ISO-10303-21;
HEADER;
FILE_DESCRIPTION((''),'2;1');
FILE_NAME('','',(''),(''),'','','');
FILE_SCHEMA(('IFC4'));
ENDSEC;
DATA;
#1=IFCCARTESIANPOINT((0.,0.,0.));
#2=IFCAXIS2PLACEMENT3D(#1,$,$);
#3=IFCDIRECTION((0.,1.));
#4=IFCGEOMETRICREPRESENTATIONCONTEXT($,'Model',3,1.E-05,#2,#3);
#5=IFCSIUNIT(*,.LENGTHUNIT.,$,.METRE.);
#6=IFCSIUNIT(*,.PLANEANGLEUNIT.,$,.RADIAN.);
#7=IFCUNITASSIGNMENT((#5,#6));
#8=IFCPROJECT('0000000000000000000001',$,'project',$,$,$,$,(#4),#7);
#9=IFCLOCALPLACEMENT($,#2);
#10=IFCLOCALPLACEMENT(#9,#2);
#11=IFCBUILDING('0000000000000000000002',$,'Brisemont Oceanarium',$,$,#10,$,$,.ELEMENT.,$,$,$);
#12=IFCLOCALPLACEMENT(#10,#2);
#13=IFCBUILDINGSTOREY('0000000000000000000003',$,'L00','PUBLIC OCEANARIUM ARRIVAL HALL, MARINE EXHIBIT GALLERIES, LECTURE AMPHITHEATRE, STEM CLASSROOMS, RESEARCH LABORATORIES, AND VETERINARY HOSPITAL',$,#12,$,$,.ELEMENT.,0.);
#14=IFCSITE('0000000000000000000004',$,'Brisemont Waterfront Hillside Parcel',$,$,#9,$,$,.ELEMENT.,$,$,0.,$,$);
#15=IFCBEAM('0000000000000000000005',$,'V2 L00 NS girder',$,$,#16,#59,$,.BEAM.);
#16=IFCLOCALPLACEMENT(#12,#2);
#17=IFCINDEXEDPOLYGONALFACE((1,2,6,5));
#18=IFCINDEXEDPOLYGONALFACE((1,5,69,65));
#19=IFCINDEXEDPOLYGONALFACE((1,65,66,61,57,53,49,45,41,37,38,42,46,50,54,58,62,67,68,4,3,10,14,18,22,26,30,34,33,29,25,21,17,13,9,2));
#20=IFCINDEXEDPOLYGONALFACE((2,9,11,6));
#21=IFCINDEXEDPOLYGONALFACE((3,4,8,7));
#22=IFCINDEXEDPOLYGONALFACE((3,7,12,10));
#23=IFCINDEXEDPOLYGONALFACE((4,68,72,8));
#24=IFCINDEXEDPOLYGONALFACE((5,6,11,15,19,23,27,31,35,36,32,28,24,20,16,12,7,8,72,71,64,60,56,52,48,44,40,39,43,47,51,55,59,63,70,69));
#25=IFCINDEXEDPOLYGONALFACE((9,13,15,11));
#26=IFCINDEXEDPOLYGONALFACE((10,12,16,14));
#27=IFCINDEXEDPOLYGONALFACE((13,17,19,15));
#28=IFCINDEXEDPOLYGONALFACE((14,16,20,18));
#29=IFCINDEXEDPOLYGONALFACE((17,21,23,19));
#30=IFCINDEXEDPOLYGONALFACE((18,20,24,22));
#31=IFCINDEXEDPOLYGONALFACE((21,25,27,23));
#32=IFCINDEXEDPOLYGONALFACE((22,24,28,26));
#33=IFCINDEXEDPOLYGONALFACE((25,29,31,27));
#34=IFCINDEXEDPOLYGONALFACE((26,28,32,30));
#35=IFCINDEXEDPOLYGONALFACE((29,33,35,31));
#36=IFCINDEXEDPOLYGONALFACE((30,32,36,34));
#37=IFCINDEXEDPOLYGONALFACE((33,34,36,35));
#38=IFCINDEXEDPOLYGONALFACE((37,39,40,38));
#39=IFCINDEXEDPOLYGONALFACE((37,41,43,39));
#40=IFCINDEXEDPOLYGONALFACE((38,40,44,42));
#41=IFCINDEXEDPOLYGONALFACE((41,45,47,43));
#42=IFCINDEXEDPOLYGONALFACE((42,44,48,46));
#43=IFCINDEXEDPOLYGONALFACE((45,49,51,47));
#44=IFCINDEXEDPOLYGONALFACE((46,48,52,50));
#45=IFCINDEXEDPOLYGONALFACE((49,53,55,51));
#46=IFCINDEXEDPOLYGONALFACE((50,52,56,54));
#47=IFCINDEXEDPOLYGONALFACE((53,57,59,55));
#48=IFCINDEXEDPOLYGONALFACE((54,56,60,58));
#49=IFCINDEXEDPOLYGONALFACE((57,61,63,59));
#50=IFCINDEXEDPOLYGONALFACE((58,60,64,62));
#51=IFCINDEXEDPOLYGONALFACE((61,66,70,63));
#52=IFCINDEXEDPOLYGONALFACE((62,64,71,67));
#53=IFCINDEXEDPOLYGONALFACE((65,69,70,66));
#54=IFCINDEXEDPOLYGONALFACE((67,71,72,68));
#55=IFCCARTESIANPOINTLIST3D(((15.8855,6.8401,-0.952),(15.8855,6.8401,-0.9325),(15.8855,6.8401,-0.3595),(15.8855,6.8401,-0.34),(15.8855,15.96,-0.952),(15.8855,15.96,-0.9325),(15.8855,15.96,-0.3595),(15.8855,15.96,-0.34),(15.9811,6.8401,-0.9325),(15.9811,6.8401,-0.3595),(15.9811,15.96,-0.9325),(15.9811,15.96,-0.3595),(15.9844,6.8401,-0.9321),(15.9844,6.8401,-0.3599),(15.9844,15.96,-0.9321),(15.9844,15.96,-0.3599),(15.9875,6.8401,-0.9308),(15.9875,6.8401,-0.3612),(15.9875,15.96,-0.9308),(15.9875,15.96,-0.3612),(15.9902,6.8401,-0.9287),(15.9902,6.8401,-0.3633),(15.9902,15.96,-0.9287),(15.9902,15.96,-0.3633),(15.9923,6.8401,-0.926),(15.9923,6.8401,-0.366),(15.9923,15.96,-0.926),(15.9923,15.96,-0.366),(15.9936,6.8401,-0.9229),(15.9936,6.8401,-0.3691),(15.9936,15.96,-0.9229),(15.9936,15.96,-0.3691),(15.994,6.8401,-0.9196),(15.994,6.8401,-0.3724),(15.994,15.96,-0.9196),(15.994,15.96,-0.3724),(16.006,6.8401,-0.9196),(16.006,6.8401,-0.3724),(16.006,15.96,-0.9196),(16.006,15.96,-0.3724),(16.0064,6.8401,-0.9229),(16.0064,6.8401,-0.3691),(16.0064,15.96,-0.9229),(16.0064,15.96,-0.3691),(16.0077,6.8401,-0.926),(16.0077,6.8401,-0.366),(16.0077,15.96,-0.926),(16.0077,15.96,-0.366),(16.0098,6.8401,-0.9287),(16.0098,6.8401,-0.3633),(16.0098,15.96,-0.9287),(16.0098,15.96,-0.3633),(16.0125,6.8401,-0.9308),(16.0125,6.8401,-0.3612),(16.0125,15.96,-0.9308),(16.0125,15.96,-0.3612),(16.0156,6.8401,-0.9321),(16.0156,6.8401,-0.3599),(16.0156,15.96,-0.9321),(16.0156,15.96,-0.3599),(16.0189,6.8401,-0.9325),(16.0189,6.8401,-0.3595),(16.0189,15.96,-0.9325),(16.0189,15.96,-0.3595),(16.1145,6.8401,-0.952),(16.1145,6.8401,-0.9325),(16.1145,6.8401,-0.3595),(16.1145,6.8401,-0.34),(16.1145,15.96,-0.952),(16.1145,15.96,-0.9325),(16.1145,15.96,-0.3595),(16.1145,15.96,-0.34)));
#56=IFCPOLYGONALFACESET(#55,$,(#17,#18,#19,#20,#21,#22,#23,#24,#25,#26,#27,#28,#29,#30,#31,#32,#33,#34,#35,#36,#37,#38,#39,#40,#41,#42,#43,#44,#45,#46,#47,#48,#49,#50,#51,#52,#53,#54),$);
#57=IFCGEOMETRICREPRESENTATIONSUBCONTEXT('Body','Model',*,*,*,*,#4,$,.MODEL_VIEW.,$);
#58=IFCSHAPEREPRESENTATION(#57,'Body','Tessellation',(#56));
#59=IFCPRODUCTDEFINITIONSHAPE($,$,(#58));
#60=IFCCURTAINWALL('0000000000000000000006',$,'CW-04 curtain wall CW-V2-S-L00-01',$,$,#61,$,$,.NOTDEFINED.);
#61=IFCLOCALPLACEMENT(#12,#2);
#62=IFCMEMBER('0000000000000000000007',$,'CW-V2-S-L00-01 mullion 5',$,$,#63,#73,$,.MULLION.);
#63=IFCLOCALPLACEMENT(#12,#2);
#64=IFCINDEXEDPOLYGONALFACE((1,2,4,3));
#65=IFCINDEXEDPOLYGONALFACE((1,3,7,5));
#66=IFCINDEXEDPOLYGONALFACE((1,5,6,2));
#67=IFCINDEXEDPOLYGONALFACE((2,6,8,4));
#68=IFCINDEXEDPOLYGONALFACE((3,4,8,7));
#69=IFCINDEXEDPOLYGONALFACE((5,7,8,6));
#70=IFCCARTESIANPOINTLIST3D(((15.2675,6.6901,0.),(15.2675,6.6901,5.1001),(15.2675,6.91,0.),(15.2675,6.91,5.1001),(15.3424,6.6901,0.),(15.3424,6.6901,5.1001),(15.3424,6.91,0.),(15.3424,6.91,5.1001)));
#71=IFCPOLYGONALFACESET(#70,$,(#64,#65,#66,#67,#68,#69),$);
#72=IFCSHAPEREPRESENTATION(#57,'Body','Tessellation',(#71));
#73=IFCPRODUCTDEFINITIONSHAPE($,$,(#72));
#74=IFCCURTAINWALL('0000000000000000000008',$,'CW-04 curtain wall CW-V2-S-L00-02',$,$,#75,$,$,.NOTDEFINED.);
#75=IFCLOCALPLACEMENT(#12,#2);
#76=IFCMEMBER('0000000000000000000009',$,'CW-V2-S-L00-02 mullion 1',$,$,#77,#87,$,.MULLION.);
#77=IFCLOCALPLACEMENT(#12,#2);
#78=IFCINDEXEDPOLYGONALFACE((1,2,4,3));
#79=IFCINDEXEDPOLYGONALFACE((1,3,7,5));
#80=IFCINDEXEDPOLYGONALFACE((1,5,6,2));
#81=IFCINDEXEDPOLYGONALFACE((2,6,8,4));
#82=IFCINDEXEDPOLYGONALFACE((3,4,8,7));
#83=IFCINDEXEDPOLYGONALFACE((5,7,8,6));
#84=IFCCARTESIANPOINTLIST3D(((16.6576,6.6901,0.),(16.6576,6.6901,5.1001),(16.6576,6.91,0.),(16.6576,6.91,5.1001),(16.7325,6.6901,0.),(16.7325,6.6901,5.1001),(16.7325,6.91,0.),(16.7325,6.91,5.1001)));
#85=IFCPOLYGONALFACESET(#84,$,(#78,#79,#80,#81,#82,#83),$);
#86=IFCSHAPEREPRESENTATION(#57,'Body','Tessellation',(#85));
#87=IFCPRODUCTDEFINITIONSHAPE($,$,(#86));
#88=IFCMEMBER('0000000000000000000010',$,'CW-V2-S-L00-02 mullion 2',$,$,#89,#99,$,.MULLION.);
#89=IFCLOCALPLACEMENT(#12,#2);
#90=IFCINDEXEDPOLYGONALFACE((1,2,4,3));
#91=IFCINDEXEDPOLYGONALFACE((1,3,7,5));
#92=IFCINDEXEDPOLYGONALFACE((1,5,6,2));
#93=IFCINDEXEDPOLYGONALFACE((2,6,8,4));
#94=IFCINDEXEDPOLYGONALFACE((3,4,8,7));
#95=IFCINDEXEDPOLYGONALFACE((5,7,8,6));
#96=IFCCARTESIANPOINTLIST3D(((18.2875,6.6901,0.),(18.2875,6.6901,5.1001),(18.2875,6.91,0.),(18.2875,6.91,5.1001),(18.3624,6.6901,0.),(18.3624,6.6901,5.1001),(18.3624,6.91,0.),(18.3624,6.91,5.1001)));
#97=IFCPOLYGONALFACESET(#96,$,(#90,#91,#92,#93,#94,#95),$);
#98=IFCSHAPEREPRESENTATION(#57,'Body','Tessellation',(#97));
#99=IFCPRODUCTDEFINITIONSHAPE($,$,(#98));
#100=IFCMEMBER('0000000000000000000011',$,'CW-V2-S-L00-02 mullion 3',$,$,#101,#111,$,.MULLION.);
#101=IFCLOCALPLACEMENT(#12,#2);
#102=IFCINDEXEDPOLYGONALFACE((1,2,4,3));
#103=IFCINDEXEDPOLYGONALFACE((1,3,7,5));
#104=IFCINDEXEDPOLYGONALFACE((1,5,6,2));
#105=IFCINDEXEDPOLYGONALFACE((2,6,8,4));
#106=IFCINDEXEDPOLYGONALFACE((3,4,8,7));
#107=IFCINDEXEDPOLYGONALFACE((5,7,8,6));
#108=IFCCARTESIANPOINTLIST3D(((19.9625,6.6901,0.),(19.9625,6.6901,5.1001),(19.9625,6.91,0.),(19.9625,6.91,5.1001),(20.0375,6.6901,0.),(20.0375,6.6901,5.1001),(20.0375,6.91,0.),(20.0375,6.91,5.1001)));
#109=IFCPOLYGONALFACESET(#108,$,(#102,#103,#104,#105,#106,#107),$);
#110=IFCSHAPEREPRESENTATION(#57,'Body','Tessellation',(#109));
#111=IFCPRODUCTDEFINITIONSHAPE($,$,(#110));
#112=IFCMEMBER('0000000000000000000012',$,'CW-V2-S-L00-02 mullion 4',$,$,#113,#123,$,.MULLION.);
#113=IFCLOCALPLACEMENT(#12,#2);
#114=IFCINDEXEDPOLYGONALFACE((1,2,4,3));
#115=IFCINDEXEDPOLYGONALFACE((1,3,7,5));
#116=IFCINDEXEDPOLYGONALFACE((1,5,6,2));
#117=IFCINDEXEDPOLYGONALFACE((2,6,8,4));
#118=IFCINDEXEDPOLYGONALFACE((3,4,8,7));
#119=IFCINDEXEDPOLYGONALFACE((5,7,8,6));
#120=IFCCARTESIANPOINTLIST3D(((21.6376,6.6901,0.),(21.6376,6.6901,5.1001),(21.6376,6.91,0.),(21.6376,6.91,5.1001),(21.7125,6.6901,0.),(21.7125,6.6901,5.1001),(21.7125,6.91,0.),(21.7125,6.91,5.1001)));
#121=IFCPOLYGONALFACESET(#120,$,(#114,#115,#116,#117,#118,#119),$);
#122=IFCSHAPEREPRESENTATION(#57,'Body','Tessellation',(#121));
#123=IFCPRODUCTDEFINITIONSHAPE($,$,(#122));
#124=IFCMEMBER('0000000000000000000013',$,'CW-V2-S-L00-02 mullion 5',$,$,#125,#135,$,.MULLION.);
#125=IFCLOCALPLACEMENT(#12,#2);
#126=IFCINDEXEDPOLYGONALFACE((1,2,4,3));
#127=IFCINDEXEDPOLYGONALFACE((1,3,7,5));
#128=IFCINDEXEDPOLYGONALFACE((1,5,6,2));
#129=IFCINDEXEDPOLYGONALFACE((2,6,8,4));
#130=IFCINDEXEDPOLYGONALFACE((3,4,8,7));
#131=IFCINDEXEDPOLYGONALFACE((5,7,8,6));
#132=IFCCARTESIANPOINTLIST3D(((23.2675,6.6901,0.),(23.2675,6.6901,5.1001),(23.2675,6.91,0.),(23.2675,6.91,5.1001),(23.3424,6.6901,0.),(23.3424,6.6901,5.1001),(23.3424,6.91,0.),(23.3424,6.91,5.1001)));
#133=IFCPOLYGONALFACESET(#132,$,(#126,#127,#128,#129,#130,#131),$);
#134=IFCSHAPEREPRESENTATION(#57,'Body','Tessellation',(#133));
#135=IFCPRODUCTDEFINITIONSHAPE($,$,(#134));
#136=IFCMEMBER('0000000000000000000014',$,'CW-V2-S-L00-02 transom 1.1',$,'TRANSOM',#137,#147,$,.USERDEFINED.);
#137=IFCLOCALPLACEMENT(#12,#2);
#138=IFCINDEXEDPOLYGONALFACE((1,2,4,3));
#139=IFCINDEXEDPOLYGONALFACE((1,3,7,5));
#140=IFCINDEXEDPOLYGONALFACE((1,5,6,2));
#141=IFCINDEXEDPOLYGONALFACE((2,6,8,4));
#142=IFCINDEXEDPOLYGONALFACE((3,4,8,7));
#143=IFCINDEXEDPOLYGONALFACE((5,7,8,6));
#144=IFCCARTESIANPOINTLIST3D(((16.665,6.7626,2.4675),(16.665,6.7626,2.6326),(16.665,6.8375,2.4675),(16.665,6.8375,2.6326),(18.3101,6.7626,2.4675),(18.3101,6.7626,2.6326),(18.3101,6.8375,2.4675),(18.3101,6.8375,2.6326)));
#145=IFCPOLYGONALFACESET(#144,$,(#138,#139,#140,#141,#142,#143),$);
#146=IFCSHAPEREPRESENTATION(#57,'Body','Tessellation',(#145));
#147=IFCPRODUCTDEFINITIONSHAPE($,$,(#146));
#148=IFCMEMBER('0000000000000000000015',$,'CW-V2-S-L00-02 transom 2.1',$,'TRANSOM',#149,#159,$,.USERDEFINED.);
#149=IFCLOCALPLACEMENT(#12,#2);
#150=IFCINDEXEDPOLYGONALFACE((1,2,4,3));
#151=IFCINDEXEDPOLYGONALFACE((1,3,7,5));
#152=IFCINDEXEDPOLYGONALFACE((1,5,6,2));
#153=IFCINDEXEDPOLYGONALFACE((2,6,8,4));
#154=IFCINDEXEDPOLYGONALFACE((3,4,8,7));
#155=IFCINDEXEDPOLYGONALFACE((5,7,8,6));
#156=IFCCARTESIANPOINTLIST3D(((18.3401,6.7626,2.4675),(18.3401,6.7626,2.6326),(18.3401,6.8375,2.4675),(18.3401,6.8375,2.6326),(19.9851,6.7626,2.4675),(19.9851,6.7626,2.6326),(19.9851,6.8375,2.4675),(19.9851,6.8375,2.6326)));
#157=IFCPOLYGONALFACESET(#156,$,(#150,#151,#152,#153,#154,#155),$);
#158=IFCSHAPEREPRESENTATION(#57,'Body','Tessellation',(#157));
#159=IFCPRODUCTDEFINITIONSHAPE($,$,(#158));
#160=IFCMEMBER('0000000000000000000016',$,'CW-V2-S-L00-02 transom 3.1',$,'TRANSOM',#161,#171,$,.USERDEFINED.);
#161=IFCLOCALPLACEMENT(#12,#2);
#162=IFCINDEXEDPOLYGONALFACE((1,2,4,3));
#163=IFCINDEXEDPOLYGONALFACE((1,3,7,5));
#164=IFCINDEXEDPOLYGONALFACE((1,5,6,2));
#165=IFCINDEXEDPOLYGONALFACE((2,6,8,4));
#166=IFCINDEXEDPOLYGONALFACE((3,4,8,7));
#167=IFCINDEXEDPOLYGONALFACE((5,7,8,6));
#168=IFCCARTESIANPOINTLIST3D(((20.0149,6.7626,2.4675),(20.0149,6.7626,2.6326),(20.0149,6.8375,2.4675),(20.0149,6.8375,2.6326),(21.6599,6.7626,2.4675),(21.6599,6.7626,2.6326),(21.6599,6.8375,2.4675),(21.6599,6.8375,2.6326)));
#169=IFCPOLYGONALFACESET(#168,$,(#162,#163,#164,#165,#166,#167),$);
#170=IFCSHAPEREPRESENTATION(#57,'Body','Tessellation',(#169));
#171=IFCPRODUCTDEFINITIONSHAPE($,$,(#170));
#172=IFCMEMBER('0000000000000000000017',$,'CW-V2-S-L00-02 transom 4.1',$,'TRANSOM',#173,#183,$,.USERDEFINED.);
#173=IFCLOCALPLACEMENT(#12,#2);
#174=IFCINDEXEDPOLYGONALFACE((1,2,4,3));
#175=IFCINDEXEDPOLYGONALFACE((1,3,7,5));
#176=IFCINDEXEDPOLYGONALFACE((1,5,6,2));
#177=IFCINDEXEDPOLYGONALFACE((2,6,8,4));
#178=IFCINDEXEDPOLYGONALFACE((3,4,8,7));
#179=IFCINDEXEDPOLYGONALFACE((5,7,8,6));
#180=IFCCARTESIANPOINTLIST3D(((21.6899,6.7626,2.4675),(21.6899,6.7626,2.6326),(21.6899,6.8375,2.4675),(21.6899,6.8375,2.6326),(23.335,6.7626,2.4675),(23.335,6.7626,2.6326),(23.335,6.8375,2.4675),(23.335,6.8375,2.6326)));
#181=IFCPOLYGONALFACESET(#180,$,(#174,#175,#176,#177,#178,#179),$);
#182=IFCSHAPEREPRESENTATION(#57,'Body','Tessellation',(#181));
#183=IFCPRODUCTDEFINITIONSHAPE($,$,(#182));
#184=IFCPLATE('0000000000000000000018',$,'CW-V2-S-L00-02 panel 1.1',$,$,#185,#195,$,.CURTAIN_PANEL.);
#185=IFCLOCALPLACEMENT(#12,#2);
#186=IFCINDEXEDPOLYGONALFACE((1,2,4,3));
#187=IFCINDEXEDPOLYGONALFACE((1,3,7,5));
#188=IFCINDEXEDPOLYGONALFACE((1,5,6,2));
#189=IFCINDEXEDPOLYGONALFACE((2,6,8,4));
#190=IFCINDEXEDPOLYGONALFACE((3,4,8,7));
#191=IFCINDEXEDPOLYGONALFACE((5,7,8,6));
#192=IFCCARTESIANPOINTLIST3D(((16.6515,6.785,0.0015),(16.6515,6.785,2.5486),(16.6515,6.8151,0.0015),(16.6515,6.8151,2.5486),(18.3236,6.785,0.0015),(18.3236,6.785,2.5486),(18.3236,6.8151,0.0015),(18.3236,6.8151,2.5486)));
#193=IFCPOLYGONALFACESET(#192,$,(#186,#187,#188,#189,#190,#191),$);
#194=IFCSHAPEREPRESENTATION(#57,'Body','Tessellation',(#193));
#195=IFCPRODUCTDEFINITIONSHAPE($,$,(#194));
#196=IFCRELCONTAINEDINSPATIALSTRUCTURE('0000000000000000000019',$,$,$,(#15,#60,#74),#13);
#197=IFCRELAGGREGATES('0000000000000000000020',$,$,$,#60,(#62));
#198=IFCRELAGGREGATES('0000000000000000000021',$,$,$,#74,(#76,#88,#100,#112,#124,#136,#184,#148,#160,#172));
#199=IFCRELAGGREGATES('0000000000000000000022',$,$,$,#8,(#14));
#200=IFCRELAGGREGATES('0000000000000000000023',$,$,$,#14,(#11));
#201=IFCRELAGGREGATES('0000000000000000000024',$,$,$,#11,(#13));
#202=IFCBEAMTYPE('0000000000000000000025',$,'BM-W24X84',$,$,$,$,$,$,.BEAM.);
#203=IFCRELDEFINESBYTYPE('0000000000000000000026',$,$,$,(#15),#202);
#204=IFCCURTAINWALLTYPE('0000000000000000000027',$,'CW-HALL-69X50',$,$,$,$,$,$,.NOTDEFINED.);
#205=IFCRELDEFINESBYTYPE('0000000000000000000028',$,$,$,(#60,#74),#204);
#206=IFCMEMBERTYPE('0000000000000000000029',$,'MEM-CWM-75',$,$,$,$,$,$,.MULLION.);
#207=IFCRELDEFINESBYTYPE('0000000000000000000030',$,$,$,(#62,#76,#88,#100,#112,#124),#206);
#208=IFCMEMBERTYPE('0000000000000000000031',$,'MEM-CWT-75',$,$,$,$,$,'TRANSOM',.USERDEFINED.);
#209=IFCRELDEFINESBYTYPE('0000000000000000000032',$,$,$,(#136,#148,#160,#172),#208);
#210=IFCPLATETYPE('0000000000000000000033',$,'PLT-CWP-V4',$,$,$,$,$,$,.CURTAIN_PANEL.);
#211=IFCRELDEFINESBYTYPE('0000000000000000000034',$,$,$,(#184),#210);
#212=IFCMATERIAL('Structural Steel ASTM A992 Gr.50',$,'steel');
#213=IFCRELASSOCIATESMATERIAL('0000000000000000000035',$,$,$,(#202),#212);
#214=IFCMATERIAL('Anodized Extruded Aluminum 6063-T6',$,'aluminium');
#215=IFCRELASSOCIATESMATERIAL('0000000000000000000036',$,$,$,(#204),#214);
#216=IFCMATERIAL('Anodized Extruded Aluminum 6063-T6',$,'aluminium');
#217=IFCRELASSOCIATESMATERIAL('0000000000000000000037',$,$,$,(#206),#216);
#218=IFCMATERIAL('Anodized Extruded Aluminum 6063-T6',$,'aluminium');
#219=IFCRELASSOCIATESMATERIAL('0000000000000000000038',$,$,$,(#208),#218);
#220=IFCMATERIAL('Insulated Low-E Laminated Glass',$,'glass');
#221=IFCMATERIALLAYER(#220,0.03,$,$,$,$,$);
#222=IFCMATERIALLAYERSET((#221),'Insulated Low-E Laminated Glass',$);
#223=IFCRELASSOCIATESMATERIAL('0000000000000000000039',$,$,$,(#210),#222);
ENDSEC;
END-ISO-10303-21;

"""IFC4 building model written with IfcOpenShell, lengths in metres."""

from ifc_helpers import new_model, si_unit, direction, frame, origin, origin_2d, place, context, subcontext, project, spatial, rectangle, i_section, extrude, material, layer, layer_set, material_profile, profile_set, type_object, element, aggregate, save


model = new_model("IFC4")

# Units and contexts
model_context = context("Model", 3, precision=1e-05, world=origin(), true_north=direction((0.0, 1.0)))
body_context = subcontext(model_context, "Body", "Model", "MODEL_VIEW")
ifc_project = project(units=[si_unit("LENGTHUNIT", "METRE"), si_unit("PLANEANGLEUNIT", "RADIAN")], contexts=[model_context])

# Site, building, storey
site_placement = place(None, origin())
site = spatial("IfcSite", under=ifc_project, at=site_placement, Name="Brisemont Waterfront Hillside Parcel", CompositionType="ELEMENT", RefElevation=0.0)
building_placement = place(site_placement, origin())
building = spatial("IfcBuilding", under=site, at=building_placement, Name="Brisemont Oceanarium", CompositionType="ELEMENT")
storey_placement = place(building_placement, origin())
storey = spatial("IfcBuildingStorey", under=building, at=storey_placement, Name="L00", Description="PUBLIC OCEANARIUM ARRIVAL HALL, MARINE EXHIBIT GALLERIES, LECTURE AMPHITHEATRE, STEM CLASSROOMS, RESEARCH LABORATORIES, AND VETERINARY HOSPITAL", CompositionType="ELEMENT", Elevation=0.0)

# Beam
ifc_material_1 = material(Name="Structural Steel ASTM A992 Gr.50", Category="steel")
ifc_material_profile_1 = material_profile(ifc_material_1, i_section(OverallWidth=0.229, OverallDepth=0.6121, WebThickness=0.012, FlangeThickness=0.0195, FilletRadius=0.0129, at=origin_2d()), Name="W24X84")
ifc_profile_set_1 = profile_set([ifc_material_profile_1], Name="Structural Steel ASTM A992 Gr.50")
beam_type_1 = type_object("IfcBeamType", Name="BM-W24X84", PredefinedType="BEAM", material=ifc_profile_set_1)
beam_1_placement = place(storey_placement, frame((16.0, 6.8401, -0.646), z_axis=(0.0, 1.0, 0.0), x_axis=(-1.0, 0.0, 0.0)))
element("IfcBeam", 1, at=beam_1_placement, inside=storey, type_object=beam_type_1, Name="V2 L00 NS girder", PredefinedType="BEAM", context=body_context, shape_type="SweptSolid", body=[
    extrude(i_section(OverallWidth=0.229, OverallDepth=0.6121, WebThickness=0.012, FlangeThickness=0.0195, FilletRadius=0.0129, at=origin_2d()), origin(), (0.0, 0.0, 1.0), 9.1199),
])

# Curtain wall, member
ifc_material_2 = material(Name="Anodized Extruded Aluminum 6063-T6", Category="aluminium")
curtain_wall_type = type_object("IfcCurtainWallType", Name="CW-HALL-69X50", PredefinedType="NOTDEFINED", material=ifc_material_2)
curtain_wall_1_placement = place(storey_placement, origin())
curtain_wall_1 = element("IfcCurtainWall", 2, at=curtain_wall_1_placement, inside=storey, type_object=curtain_wall_type, Name="CW-04 curtain wall CW-V2-S-L00-01", PredefinedType="NOTDEFINED")
ifc_material_3 = material(Name="Anodized Extruded Aluminum 6063-T6", Category="aluminium")
ifc_material_profile_2 = material_profile(ifc_material_3, rectangle(XDim=0.075, YDim=0.22, at=origin_2d()), Name="CWM-75X220")
ifc_profile_set_2 = profile_set([ifc_material_profile_2], Name="Anodized Extruded Aluminum 6063-T6")
member_type_1 = type_object("IfcMemberType", Name="MEM-CWM-75", PredefinedType="MULLION", material=ifc_profile_set_2)
member_1_placement = place(storey_placement, frame((15.3049, 6.8, 0.0), z_axis=(0.0, 0.0, 1.0), x_axis=(1.0, 0.0, 0.0)))
member_1 = element("IfcMember", 3, at=member_1_placement, type_object=member_type_1, Name="CW-V2-S-L00-01 mullion 5", PredefinedType="MULLION", context=body_context, shape_type="SweptSolid", body=[
    extrude(rectangle(XDim=0.075, YDim=0.22, at=origin_2d()), origin(), (0.0, 0.0, 1.0), 5.1001),
])
aggregate(curtain_wall_1, [member_1])

# Curtain wall, members, plate
curtain_wall_2_placement = place(storey_placement, origin())
curtain_wall_2 = element("IfcCurtainWall", 4, at=curtain_wall_2_placement, inside=storey, type_object=curtain_wall_type, Name="CW-04 curtain wall CW-V2-S-L00-02", PredefinedType="NOTDEFINED")
member_2_placement = place(storey_placement, frame((16.6951, 6.8, 0.0), z_axis=(0.0, 0.0, 1.0), x_axis=(1.0, 0.0, 0.0)))
member_2 = element("IfcMember", 5, at=member_2_placement, type_object=member_type_1, Name="CW-V2-S-L00-02 mullion 1", PredefinedType="MULLION", context=body_context, shape_type="SweptSolid", body=[
    extrude(rectangle(XDim=0.075, YDim=0.22, at=origin_2d()), origin(), (0.0, 0.0, 1.0), 5.1001),
])
member_3_placement = place(storey_placement, frame((18.325, 6.8, 0.0), z_axis=(0.0, 0.0, 1.0), x_axis=(1.0, 0.0, 0.0)))
member_3 = element("IfcMember", 6, at=member_3_placement, type_object=member_type_1, Name="CW-V2-S-L00-02 mullion 2", PredefinedType="MULLION", context=body_context, shape_type="SweptSolid", body=[
    extrude(rectangle(XDim=0.075, YDim=0.22, at=origin_2d()), origin(), (0.0, 0.0, 1.0), 5.1001),
])
member_4_placement = place(storey_placement, frame((20.0, 6.8, 0.0), z_axis=(0.0, 0.0, 1.0), x_axis=(1.0, 0.0, 0.0)))
member_4 = element("IfcMember", 7, at=member_4_placement, type_object=member_type_1, Name="CW-V2-S-L00-02 mullion 3", PredefinedType="MULLION", context=body_context, shape_type="SweptSolid", body=[
    extrude(rectangle(XDim=0.075, YDim=0.22, at=origin_2d()), origin(), (0.0, 0.0, 1.0), 5.1001),
])
member_5_placement = place(storey_placement, frame((21.675, 6.8, 0.0), z_axis=(0.0, 0.0, 1.0), x_axis=(1.0, 0.0, 0.0)))
member_5 = element("IfcMember", 8, at=member_5_placement, type_object=member_type_1, Name="CW-V2-S-L00-02 mullion 4", PredefinedType="MULLION", context=body_context, shape_type="SweptSolid", body=[
    extrude(rectangle(XDim=0.075, YDim=0.22, at=origin_2d()), origin(), (0.0, 0.0, 1.0), 5.1001),
])
member_6_placement = place(storey_placement, frame((23.3049, 6.8, 0.0), z_axis=(0.0, 0.0, 1.0), x_axis=(1.0, 0.0, 0.0)))
member_6 = element("IfcMember", 9, at=member_6_placement, type_object=member_type_1, Name="CW-V2-S-L00-02 mullion 5", PredefinedType="MULLION", context=body_context, shape_type="SweptSolid", body=[
    extrude(rectangle(XDim=0.075, YDim=0.22, at=origin_2d()), origin(), (0.0, 0.0, 1.0), 5.1001),
])
ifc_material_4 = material(Name="Anodized Extruded Aluminum 6063-T6", Category="aluminium")
ifc_material_profile_3 = material_profile(ifc_material_4, rectangle(XDim=0.075, YDim=0.165, at=origin_2d()), Name="CWT-75X165")
ifc_profile_set_3 = profile_set([ifc_material_profile_3], Name="Anodized Extruded Aluminum 6063-T6")
member_type_2 = type_object("IfcMemberType", Name="MEM-CWT-75", ElementType="TRANSOM", PredefinedType="USERDEFINED", material=ifc_profile_set_3)
member_7_placement = place(storey_placement, frame((16.665, 6.8, 2.55), z_axis=(1.0, 0.0, 0.0), x_axis=(0.0, 1.0, 0.0)))
member_7 = element("IfcMember", 10, at=member_7_placement, type_object=member_type_2, Name="CW-V2-S-L00-02 transom 1.1", ObjectType="TRANSOM", PredefinedType="USERDEFINED", context=body_context, shape_type="SweptSolid", body=[
    extrude(rectangle(XDim=0.075, YDim=0.165, at=origin_2d()), origin(), (0.0, 0.0, 1.0), 1.645),
])
member_8_placement = place(storey_placement, frame((18.3401, 6.8, 2.55), z_axis=(1.0, 0.0, 0.0), x_axis=(0.0, 1.0, 0.0)))
member_8 = element("IfcMember", 11, at=member_8_placement, type_object=member_type_2, Name="CW-V2-S-L00-02 transom 2.1", ObjectType="TRANSOM", PredefinedType="USERDEFINED", context=body_context, shape_type="SweptSolid", body=[
    extrude(rectangle(XDim=0.075, YDim=0.165, at=origin_2d()), origin(), (0.0, 0.0, 1.0), 1.645),
])
member_9_placement = place(storey_placement, frame((20.0149, 6.8, 2.55), z_axis=(1.0, 0.0, 0.0), x_axis=(0.0, 1.0, 0.0)))
member_9 = element("IfcMember", 12, at=member_9_placement, type_object=member_type_2, Name="CW-V2-S-L00-02 transom 3.1", ObjectType="TRANSOM", PredefinedType="USERDEFINED", context=body_context, shape_type="SweptSolid", body=[
    extrude(rectangle(XDim=0.075, YDim=0.165, at=origin_2d()), origin(), (0.0, 0.0, 1.0), 1.645),
])
member_10_placement = place(storey_placement, frame((21.6899, 6.8, 2.55), z_axis=(1.0, 0.0, 0.0), x_axis=(0.0, 1.0, 0.0)))
member_10 = element("IfcMember", 13, at=member_10_placement, type_object=member_type_2, Name="CW-V2-S-L00-02 transom 4.1", ObjectType="TRANSOM", PredefinedType="USERDEFINED", context=body_context, shape_type="SweptSolid", body=[
    extrude(rectangle(XDim=0.075, YDim=0.165, at=origin_2d()), origin(), (0.0, 0.0, 1.0), 1.645),
])
ifc_material_5 = material(Name="Insulated Low-E Laminated Glass", Category="glass")
ifc_layer_1 = layer(ifc_material_5, 0.03)
ifc_layer_set_1 = layer_set([ifc_layer_1], Name="Insulated Low-E Laminated Glass")
plate_type = type_object("IfcPlateType", Name="PLT-CWP-V4", PredefinedType="CURTAIN_PANEL", material=ifc_layer_set_1)
plate_1_placement = place(storey_placement, frame((17.4875, 6.8, 0.0015), z_axis=(0.0, 0.0, 1.0), x_axis=(1.0, 0.0, 0.0)))
plate_1 = element("IfcPlate", 14, at=plate_1_placement, type_object=plate_type, Name="CW-V2-S-L00-02 panel 1.1", PredefinedType="CURTAIN_PANEL", context=body_context, shape_type="SweptSolid", body=[
    extrude(rectangle(XDim=1.6721, YDim=0.03, at=origin_2d()), origin(), (0.0, 0.0, 1.0), 2.5471),
])
aggregate(curtain_wall_2, [member_2, member_3, member_4, member_5, member_6, member_7, plate_1, member_8, member_9, member_10])

save(model, "model.ifc")
